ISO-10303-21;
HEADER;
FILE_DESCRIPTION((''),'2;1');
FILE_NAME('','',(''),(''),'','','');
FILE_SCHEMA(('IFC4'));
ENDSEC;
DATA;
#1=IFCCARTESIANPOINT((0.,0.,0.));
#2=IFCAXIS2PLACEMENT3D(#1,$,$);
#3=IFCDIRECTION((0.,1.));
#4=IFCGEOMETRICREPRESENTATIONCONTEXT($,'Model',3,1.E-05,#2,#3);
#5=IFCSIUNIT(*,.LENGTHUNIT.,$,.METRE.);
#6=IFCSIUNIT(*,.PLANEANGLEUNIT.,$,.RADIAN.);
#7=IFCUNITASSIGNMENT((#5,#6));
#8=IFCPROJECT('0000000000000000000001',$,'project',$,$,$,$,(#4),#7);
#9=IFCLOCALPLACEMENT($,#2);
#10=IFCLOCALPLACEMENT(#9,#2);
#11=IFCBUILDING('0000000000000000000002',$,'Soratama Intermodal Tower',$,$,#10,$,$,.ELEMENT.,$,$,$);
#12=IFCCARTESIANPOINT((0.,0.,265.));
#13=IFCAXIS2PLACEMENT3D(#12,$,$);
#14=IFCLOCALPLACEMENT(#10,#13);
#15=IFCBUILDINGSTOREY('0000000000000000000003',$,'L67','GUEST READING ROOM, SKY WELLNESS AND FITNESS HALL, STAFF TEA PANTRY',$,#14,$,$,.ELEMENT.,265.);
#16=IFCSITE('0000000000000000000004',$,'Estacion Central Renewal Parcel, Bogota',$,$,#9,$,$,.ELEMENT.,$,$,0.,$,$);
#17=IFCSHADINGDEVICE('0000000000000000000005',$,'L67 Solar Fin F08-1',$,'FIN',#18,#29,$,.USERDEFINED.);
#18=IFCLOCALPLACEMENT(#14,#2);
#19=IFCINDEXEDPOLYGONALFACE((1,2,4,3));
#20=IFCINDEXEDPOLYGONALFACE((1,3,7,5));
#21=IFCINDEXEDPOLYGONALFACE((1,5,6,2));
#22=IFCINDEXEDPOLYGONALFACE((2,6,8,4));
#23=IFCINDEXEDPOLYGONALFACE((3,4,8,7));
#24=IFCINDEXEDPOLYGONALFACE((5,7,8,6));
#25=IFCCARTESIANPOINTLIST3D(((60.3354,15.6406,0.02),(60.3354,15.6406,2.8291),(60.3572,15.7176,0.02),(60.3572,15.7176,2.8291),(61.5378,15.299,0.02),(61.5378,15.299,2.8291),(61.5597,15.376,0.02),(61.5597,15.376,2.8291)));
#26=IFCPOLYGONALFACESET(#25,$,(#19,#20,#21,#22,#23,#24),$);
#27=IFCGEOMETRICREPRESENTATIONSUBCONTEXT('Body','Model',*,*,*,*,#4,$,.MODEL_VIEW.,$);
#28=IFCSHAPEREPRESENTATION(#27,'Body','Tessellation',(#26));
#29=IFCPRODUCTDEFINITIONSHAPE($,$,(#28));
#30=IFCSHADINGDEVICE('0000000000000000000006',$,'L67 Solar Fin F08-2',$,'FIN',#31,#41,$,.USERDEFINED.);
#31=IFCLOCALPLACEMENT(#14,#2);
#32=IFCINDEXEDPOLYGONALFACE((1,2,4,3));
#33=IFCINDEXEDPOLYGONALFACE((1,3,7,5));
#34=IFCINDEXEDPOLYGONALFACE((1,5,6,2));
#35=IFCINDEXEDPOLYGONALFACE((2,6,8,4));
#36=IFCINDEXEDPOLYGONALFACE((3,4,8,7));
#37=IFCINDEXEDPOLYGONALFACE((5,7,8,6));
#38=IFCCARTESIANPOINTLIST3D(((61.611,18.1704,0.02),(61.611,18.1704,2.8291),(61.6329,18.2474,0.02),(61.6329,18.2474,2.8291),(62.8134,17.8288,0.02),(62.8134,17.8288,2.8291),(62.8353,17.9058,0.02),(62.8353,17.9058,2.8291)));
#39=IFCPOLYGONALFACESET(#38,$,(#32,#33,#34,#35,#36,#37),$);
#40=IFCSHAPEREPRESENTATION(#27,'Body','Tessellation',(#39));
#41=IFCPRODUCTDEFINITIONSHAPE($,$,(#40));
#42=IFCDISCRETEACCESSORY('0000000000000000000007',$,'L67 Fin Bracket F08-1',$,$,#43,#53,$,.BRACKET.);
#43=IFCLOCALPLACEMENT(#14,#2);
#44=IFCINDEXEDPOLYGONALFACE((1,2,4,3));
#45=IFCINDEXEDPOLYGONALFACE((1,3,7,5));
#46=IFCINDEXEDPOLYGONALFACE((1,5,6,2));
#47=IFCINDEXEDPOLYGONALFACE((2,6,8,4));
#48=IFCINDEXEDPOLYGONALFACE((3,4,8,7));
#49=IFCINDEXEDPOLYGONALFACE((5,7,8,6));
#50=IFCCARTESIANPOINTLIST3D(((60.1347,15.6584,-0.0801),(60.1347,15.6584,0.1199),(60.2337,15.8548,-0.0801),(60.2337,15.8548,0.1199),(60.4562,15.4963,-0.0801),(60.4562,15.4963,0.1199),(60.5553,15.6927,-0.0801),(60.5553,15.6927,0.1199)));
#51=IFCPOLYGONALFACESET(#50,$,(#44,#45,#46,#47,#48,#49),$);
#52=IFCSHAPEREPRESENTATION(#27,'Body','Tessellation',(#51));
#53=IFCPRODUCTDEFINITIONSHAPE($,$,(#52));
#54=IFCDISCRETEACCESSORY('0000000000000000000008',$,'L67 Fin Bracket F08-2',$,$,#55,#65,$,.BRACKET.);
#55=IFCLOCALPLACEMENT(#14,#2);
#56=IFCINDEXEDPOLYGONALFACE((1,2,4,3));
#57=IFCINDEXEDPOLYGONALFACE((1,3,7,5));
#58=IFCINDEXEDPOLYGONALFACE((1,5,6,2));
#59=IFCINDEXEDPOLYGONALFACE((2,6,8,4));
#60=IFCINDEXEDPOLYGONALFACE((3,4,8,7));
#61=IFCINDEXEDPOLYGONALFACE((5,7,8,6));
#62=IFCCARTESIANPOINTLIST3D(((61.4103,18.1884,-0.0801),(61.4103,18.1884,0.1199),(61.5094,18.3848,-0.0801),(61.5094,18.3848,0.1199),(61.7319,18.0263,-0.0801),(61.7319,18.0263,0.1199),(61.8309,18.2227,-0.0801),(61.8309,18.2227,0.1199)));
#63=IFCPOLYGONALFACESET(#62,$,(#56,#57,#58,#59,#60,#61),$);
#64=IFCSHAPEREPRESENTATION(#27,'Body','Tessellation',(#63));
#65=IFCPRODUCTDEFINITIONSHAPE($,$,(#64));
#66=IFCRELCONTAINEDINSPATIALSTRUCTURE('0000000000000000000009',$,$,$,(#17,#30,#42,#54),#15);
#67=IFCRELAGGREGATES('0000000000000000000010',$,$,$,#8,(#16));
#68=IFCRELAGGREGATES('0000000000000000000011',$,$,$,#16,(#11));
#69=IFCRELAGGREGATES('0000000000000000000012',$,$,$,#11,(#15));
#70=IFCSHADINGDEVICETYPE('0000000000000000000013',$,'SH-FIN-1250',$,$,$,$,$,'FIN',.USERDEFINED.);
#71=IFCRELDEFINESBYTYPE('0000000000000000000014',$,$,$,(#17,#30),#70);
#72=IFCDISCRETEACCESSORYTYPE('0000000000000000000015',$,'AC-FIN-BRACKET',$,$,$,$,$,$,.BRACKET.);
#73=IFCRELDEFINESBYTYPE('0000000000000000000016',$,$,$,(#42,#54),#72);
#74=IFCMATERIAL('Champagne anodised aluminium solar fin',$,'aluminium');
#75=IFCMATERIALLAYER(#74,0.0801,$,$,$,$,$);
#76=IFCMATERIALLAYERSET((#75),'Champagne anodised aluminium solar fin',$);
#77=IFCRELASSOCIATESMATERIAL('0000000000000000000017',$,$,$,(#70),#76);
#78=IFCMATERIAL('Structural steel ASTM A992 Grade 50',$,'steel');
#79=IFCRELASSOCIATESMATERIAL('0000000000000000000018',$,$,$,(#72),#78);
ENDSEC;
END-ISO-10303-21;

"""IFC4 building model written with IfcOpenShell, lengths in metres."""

from ifc_helpers import new_model, si_unit, direction, frame, origin, origin_2d, place, context, subcontext, project, spatial, rectangle, extrude, material, layer, layer_set, type_object, element, save


model = new_model("IFC4")

# Units and contexts
model_context = context("Model", 3, precision=1e-05, world=origin(), true_north=direction((0.0, 1.0)))
body_context = subcontext(model_context, "Body", "Model", "MODEL_VIEW")
ifc_project = project(units=[si_unit("LENGTHUNIT", "METRE"), si_unit("PLANEANGLEUNIT", "RADIAN")], contexts=[model_context])

# Site, building, storey
site_placement = place(None, origin())
site = spatial("IfcSite", under=ifc_project, at=site_placement, Name="Estacion Central Renewal Parcel, Bogota", CompositionType="ELEMENT", RefElevation=0.0)
building_placement = place(site_placement, origin())
building = spatial("IfcBuilding", under=site, at=building_placement, Name="Soratama Intermodal Tower", CompositionType="ELEMENT")
storey_placement = place(building_placement, frame((0.0, 0.0, 265.0)))
storey = spatial("IfcBuildingStorey", under=building, at=storey_placement, Name="L67", Description="GUEST READING ROOM, SKY WELLNESS AND FITNESS HALL, STAFF TEA PANTRY", CompositionType="ELEMENT", Elevation=265.0)

# Shading devices
ifc_material_1 = material(Name="Champagne anodised aluminium solar fin", Category="aluminium")
ifc_layer_1 = layer(ifc_material_1, 0.0801)
ifc_layer_set_1 = layer_set([ifc_layer_1], Name="Champagne anodised aluminium solar fin")
shading_device_type = type_object("IfcShadingDeviceType", Name="SH-FIN-1250", ElementType="FIN", PredefinedType="USERDEFINED", material=ifc_layer_set_1)
for number, where, z_axis, x_axis, name in (
    (1, (60.9475, 15.5083, 0.02), (0.0, 0.0, 1.0), (0.961932, -0.273288, 0.0), "L67 Solar Fin F08-1"),
    (2, (62.2231, 18.0381, 0.02), (0.0, 0.0, 1.0), (0.961932, -0.273288, 0.0), "L67 Solar Fin F08-2"),
):
    element("IfcShadingDevice", number, at=place(storey_placement, frame(where, z_axis=z_axis, x_axis=x_axis)), inside=storey, type_object=shading_device_type, Name=name, ObjectType="FIN", PredefinedType="USERDEFINED", context=body_context, shape_type="SweptSolid", body=[
        extrude(rectangle(XDim=1.25, YDim=0.0801, at=origin_2d()), origin(), (0.0, 0.0, 1.0), 2.8091),
    ])

# Discrete accessories
ifc_material_2 = material(Name="Structural steel ASTM A992 Grade 50", Category="steel")
discrete_accessory_type = type_object("IfcDiscreteAccessoryType", Name="AC-FIN-BRACKET", PredefinedType="BRACKET", material=ifc_material_2)
for number, where, z_axis, x_axis, name in (
    (3, (60.345, 15.6755, -0.0801), (0.0, 0.0, 1.0), (0.8929, -0.450254, 0.0), "L67 Fin Bracket F08-1"),
    (4, (61.6206, 18.2056, -0.0801), (0.0, 0.0, 1.0), (0.8929, -0.450254, 0.0), "L67 Fin Bracket F08-2"),
):
    element("IfcDiscreteAccessory", number, at=place(storey_placement, frame(where, z_axis=z_axis, x_axis=x_axis)), inside=storey, type_object=discrete_accessory_type, Name=name, PredefinedType="BRACKET", context=body_context, shape_type="SweptSolid", body=[
        extrude(rectangle(XDim=0.3601, YDim=0.22, at=origin_2d()), origin(), (0.0, 0.0, 1.0), 0.2),
    ])

save(model, "model.ifc")
